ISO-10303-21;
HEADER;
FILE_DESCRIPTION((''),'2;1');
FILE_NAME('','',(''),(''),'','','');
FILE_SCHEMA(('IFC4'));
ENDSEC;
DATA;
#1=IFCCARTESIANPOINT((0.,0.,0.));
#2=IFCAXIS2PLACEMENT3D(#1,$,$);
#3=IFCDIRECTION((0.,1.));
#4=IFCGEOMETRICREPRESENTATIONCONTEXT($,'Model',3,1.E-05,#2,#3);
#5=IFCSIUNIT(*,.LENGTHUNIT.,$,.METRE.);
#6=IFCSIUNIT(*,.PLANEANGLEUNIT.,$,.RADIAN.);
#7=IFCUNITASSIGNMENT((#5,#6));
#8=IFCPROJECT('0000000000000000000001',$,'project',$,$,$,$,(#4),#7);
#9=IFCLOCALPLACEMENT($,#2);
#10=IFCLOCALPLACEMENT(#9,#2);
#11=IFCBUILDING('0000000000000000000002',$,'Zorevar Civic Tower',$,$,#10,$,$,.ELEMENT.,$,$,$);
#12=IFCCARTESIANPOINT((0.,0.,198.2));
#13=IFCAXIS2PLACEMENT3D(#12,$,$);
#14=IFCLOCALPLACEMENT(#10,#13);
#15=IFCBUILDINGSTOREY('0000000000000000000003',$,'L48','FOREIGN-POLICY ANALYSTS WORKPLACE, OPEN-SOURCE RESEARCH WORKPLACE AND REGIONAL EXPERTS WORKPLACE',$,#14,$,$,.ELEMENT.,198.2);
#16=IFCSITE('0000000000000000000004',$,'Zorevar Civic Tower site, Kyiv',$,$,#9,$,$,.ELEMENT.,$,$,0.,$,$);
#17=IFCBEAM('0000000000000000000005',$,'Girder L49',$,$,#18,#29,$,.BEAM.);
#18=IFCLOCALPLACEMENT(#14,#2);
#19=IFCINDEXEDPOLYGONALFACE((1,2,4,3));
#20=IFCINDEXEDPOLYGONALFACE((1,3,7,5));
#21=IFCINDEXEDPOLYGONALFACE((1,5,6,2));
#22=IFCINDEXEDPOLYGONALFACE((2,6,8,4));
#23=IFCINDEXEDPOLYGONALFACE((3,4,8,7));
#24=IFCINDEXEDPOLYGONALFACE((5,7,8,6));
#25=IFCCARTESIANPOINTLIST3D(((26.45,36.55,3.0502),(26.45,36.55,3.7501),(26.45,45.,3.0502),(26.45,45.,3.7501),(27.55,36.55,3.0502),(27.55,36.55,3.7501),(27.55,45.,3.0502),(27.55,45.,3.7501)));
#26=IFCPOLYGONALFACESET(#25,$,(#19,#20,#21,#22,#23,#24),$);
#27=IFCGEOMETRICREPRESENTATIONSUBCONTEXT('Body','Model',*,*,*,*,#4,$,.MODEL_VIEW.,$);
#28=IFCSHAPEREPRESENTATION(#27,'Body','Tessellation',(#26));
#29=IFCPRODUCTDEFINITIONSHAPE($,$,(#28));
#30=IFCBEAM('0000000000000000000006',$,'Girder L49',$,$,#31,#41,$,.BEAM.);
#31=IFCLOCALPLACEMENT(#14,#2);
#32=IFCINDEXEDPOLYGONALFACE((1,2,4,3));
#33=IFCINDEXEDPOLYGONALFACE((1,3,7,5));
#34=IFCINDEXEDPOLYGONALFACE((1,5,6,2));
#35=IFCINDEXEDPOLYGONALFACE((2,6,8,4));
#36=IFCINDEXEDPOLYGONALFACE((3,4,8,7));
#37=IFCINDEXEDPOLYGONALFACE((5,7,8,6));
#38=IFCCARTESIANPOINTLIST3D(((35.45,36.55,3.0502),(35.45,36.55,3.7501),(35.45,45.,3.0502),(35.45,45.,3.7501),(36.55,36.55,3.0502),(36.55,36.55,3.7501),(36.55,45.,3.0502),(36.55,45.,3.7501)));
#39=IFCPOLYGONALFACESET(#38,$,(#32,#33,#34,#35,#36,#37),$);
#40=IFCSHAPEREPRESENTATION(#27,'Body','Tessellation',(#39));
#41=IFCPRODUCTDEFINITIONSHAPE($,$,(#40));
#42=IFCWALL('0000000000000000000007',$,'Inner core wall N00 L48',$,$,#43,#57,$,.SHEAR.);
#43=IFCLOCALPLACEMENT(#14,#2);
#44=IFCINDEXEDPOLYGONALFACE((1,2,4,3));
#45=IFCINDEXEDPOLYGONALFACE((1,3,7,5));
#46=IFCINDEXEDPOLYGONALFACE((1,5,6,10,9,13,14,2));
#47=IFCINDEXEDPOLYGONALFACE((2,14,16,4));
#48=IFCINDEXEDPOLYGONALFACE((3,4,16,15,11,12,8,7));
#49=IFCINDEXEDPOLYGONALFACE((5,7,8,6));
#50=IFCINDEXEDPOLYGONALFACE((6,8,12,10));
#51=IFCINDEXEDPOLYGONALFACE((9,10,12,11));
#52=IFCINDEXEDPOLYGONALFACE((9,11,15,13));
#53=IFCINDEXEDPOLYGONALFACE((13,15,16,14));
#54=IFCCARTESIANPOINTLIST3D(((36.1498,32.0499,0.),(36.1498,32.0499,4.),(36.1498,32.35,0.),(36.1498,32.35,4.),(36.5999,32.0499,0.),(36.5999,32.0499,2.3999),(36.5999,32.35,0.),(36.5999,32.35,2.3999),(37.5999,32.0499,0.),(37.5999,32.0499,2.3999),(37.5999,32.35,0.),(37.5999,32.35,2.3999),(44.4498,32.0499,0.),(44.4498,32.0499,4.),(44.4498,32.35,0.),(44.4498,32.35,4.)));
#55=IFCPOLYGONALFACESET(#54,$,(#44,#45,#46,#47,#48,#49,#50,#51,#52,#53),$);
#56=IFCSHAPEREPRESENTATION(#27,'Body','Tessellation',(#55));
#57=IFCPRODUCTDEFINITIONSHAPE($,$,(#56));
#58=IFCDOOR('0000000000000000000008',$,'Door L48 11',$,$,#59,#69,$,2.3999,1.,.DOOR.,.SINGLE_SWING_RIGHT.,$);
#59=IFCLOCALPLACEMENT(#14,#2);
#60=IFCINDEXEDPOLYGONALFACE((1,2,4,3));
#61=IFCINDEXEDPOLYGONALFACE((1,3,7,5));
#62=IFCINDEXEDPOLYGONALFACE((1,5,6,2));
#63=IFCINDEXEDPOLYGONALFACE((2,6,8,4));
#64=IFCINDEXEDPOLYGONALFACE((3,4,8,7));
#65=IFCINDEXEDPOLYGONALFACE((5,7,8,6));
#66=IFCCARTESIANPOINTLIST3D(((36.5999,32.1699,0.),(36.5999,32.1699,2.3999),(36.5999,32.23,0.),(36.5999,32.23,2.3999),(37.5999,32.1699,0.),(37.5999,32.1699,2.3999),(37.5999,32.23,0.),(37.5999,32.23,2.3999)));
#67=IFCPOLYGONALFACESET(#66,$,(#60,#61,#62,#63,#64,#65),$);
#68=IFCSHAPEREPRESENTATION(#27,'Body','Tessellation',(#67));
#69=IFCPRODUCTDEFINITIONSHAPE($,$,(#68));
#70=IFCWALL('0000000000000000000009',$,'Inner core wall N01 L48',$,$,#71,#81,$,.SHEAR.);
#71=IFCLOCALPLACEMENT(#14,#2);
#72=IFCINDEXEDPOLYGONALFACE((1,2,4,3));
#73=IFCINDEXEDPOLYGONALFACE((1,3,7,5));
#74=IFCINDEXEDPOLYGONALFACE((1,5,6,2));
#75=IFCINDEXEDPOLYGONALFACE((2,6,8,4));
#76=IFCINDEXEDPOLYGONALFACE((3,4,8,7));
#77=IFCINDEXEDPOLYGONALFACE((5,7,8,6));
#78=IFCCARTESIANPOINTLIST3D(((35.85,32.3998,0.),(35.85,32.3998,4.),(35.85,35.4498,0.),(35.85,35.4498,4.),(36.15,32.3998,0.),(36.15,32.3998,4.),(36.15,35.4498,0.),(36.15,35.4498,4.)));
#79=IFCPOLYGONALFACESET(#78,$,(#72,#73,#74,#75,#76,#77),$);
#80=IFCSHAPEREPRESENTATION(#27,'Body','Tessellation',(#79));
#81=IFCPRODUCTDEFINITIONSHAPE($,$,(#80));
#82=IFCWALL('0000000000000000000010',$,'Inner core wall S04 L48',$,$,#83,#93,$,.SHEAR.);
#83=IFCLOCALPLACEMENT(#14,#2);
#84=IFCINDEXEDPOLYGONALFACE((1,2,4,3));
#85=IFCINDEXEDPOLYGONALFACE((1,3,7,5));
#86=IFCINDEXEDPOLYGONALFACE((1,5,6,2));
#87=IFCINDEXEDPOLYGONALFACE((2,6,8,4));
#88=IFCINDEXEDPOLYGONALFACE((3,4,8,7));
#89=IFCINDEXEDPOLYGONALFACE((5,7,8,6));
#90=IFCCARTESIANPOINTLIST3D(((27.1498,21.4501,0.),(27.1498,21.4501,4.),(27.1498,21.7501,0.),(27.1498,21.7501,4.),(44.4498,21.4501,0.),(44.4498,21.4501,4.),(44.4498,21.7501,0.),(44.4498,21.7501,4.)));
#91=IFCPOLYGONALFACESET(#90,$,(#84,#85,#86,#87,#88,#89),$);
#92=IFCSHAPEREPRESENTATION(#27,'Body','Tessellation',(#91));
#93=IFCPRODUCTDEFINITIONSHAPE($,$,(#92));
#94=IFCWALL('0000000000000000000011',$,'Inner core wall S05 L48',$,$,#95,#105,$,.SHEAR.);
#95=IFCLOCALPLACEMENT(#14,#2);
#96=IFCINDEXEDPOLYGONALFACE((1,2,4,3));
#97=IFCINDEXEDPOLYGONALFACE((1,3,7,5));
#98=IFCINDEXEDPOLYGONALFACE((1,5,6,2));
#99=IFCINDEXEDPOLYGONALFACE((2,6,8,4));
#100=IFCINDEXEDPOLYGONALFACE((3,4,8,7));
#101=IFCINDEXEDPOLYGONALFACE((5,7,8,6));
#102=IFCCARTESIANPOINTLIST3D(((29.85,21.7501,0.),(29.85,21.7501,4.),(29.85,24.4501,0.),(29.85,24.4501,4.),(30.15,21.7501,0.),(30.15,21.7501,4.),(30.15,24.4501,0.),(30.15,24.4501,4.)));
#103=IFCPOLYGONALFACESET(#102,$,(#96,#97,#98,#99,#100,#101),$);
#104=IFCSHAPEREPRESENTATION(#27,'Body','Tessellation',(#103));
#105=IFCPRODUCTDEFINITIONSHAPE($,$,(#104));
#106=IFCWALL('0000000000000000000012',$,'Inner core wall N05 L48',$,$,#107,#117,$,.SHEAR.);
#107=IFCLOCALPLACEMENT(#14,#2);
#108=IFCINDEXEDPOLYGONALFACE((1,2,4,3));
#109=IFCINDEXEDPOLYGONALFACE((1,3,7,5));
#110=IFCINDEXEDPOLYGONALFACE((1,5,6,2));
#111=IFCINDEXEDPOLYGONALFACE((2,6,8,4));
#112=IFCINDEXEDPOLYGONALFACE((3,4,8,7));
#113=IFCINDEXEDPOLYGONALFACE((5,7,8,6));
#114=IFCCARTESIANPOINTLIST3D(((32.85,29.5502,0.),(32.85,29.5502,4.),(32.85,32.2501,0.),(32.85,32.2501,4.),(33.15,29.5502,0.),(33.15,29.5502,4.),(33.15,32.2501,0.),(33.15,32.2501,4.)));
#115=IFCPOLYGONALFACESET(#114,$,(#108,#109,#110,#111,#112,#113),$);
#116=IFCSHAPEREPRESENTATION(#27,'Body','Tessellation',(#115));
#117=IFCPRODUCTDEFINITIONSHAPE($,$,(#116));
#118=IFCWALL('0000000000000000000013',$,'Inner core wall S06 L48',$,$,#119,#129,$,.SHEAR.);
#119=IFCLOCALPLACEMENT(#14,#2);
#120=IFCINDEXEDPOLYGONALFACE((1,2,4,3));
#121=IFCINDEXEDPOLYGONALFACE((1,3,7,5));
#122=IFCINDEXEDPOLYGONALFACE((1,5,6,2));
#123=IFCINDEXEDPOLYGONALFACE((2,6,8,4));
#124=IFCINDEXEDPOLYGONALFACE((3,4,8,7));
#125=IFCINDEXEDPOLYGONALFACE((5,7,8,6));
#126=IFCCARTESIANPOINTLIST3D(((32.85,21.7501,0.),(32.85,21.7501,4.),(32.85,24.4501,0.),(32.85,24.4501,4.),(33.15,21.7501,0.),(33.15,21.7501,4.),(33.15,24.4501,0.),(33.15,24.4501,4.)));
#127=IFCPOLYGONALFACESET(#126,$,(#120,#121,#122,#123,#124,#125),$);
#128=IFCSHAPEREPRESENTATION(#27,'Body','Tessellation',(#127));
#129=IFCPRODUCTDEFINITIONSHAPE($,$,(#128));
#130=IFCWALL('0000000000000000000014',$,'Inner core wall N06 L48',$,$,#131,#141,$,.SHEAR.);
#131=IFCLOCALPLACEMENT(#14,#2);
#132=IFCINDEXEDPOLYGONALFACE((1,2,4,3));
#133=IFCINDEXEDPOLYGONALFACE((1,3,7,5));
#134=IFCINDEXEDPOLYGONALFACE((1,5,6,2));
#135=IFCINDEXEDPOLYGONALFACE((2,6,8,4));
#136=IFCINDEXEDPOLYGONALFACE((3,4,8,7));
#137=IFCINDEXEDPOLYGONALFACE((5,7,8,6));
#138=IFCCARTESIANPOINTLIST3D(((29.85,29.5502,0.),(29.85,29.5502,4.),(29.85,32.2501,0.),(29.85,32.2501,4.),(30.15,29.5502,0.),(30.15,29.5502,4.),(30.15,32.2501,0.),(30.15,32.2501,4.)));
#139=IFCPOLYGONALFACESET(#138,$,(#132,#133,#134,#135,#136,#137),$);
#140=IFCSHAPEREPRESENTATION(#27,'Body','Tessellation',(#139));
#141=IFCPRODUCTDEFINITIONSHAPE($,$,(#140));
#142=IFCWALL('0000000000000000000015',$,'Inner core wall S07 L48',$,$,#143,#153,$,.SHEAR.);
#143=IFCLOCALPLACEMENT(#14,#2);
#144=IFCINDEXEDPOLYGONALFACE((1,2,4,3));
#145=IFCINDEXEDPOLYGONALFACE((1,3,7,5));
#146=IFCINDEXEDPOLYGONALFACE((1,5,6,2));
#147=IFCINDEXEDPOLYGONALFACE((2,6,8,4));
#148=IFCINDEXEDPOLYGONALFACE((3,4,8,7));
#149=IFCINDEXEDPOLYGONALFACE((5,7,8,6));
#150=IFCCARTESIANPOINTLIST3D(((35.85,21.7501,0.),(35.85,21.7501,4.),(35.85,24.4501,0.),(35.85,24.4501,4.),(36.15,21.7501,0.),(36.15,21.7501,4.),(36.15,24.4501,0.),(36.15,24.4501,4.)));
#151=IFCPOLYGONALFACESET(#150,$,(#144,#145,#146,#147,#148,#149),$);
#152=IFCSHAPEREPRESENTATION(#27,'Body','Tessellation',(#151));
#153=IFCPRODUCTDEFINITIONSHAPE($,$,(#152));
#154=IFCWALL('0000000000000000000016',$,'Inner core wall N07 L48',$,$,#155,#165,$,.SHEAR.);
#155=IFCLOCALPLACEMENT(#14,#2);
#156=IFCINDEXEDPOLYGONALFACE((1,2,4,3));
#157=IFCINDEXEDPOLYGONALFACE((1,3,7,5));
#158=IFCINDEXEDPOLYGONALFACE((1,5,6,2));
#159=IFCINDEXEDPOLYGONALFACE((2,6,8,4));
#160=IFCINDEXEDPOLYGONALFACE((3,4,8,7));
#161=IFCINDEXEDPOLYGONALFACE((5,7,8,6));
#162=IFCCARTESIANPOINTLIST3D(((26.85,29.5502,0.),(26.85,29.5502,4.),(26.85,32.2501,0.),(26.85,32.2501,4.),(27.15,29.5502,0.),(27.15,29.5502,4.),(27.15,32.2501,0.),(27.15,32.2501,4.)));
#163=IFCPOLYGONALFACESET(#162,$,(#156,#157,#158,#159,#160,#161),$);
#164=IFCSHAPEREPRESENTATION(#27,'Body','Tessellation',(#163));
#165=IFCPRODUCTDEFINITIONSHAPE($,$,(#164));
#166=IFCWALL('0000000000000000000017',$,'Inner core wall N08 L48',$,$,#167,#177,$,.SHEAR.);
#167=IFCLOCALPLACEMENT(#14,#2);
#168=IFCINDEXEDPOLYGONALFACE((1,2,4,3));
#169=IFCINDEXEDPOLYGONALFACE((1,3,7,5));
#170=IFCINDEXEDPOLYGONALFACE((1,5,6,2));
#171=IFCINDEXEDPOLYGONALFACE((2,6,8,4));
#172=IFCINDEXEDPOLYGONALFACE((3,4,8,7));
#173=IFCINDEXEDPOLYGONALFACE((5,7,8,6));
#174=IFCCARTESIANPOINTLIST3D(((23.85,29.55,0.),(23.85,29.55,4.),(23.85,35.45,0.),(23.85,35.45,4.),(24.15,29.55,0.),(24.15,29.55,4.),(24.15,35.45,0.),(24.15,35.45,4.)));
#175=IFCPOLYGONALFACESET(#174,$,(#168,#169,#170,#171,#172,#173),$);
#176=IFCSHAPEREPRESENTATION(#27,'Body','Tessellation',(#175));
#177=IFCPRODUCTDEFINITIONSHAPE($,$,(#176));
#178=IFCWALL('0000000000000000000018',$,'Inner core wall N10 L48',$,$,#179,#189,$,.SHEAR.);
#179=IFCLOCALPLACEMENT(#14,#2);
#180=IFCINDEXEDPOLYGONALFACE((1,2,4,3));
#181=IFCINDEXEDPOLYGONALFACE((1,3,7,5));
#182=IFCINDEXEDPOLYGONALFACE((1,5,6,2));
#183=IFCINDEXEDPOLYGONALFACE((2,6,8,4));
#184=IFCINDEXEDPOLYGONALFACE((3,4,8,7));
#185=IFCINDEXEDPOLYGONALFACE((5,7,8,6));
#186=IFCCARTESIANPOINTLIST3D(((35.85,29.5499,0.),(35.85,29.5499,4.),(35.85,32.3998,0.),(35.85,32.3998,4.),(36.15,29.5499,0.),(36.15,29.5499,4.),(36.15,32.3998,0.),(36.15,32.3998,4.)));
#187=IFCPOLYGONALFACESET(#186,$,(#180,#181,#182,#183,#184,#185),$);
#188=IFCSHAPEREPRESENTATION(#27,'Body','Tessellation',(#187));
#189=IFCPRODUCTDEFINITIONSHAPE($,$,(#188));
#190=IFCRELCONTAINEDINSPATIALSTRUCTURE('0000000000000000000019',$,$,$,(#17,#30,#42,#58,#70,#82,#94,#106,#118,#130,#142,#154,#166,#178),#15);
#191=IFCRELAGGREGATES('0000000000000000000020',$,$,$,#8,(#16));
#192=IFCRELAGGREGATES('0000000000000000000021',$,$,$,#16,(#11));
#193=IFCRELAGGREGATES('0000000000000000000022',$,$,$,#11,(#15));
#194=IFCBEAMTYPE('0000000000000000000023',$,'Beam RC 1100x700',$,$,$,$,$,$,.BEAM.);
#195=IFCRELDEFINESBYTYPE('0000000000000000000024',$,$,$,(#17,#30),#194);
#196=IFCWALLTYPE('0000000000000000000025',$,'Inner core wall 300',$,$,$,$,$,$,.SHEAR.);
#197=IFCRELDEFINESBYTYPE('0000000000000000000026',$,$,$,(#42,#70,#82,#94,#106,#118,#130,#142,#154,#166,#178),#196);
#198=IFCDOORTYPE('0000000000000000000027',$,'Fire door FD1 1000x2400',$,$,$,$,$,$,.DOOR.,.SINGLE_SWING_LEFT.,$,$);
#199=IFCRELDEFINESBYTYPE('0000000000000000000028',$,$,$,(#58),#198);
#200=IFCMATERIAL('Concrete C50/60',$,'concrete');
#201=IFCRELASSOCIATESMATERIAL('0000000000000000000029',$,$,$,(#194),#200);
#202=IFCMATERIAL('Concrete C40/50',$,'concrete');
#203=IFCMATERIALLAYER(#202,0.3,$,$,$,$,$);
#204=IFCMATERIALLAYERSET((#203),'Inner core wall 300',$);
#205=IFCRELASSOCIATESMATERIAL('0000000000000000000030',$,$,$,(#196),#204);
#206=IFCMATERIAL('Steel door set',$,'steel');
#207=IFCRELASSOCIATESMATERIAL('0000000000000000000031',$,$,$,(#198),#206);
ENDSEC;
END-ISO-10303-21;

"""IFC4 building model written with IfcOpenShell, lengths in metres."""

from ifc_helpers import new_model, si_unit, direction, frame, frame_2d, origin, origin_2d, place, context, subcontext, project, spatial, rectangle, extrude, material, layer, layer_set, material_profile, profile_set, type_object, element, fill, save


model = new_model("IFC4")

# Units and contexts
model_context = context("Model", 3, precision=1e-05, world=origin(), true_north=direction((0.0, 1.0)))
body_context = subcontext(model_context, "Body", "Model", "MODEL_VIEW")
ifc_project = project(units=[si_unit("LENGTHUNIT", "METRE"), si_unit("PLANEANGLEUNIT", "RADIAN")], contexts=[model_context])

# Site, building, storey
site_placement = place(None, origin())
site = spatial("IfcSite", under=ifc_project, at=site_placement, Name="Zorevar Civic Tower site, Kyiv", CompositionType="ELEMENT", RefElevation=0.0)
building_placement = place(site_placement, origin())
building = spatial("IfcBuilding", under=site, at=building_placement, Name="Zorevar Civic Tower", CompositionType="ELEMENT")
storey_placement = place(building_placement, frame((0.0, 0.0, 198.2)))
storey = spatial("IfcBuildingStorey", under=building, at=storey_placement, Name="L48", Description="FOREIGN-POLICY ANALYSTS WORKPLACE, OPEN-SOURCE RESEARCH WORKPLACE AND REGIONAL EXPERTS WORKPLACE", CompositionType="ELEMENT", Elevation=198.2)

# Beams
ifc_material_1 = material(Name="Concrete C50/60", Category="concrete")
ifc_material_profile = material_profile(ifc_material_1, rectangle(XDim=1.1001, YDim=0.7, at=origin_2d()), Name="RC 1100x700")
ifc_profile_set = profile_set([ifc_material_profile], Name="Concrete C50/60")
beam_type = type_object("IfcBeamType", Name="Beam RC 1100x700", PredefinedType="BEAM", material=ifc_profile_set)
for number, where, z_axis, x_axis, name in (
    (1, (27.0, 36.55, 3.4001), (0.0, 1.0, 0.0), (-1.0, 0.0, 0.0), "Girder L49"),
    (2, (36.0, 36.55, 3.4001), (0.0, 1.0, 0.0), (-1.0, 0.0, 0.0), "Girder L49"),
):
    element("IfcBeam", number, at=place(storey_placement, frame(where, z_axis=z_axis, x_axis=x_axis)), inside=storey, type_object=beam_type, Name=name, PredefinedType="BEAM", context=body_context, shape_type="SweptSolid", body=[
        extrude(rectangle(XDim=1.1001, YDim=0.7, at=origin_2d()), origin(), (0.0, 0.0, 1.0), 8.45),
    ])

# Wall, opening, door
ifc_material_2 = material(Name="Concrete C40/50", Category="concrete")
ifc_layer_1 = layer(ifc_material_2, 0.3)
ifc_layer_set_1 = layer_set([ifc_layer_1], Name="Inner core wall 300")
wall_type_1 = type_object("IfcWallType", Name="Inner core wall 300", PredefinedType="SHEAR", material=ifc_layer_set_1)
wall_1_placement = place(storey_placement, frame((36.1499, 32.2, 0.0), z_axis=(0.0, 0.0, 1.0), x_axis=(1.0, 0.0, 0.0)))
wall_1 = element("IfcWall", 3, at=wall_1_placement, inside=storey, type_object=wall_type_1, Name="Inner core wall N00 L48", PredefinedType="SHEAR", context=body_context, shape_type="SweptSolid", body=[
    extrude(rectangle(XDim=8.3, YDim=0.3, at=frame_2d((4.1499, 0.0))), origin(), (0.0, 0.0, 1.0), 4.0),
])
opening_1_placement = place(wall_1_placement, frame((0.45, 0.0, 0.0)))
opening_1 = element("IfcOpeningElement", 4, at=opening_1_placement, cuts=wall_1, PredefinedType="OPENING", context=body_context, shape_type="SweptSolid", body=[
    extrude(rectangle(XDim=1.0, YDim=2.3999, at=frame_2d((0.5, 1.2))), frame((0.0, 0.1599, 0.0), z_axis=(0.0, -1.0, 0.0), x_axis=(1.0, 0.0, 0.0)), (0.0, 0.0, 1.0), 0.3201),
])
ifc_material_3 = material(Name="Steel door set", Category="steel")
door_type_1 = type_object("IfcDoorType", Name="Fire door FD1 1000x2400", OperationType="SINGLE_SWING_LEFT", PredefinedType="DOOR", material=ifc_material_3)
door_1_placement = place(opening_1_placement, origin())
door_1 = element("IfcDoor", 5, at=door_1_placement, inside=storey, type_object=door_type_1, Name="Door L48 11", OperationType="SINGLE_SWING_RIGHT", OverallHeight=2.3999, OverallWidth=1.0, PredefinedType="DOOR", context=body_context, shape_type="SweptSolid", body=[
    extrude(rectangle(XDim=1.0, YDim=2.3999, at=frame_2d((0.5, 1.2))), frame((0.0, 0.03, 0.0), z_axis=(0.0, -1.0, 0.0), x_axis=(1.0, 0.0, 0.0)), (0.0, 0.0, 1.0), 0.0601),
])
fill(opening_1, door_1)

# Walls
wall_2_placement = place(storey_placement, frame((36.0, 32.3999, 0.0), z_axis=(0.0, 0.0, 1.0), x_axis=(0.0, 1.0, 0.0)))
element("IfcWall", 6, at=wall_2_placement, inside=storey, type_object=wall_type_1, Name="Inner core wall N01 L48", PredefinedType="SHEAR", context=body_context, shape_type="SweptSolid", body=[
    extrude(rectangle(XDim=3.05, YDim=0.3, at=frame_2d((1.5249, 0.0))), origin(), (0.0, 0.0, 1.0), 4.0),
])
wall_3_placement = place(storey_placement, frame((27.1499, 21.6001, 0.0), z_axis=(0.0, 0.0, 1.0), x_axis=(1.0, 0.0, 0.0)))
element("IfcWall", 7, at=wall_3_placement, inside=storey, type_object=wall_type_1, Name="Inner core wall S04 L48", PredefinedType="SHEAR", context=body_context, shape_type="SweptSolid", body=[
    extrude(rectangle(XDim=17.3, YDim=0.3, at=frame_2d((8.6499, 0.0))), origin(), (0.0, 0.0, 1.0), 4.0),
])
for number, where, z_axis, x_axis, name in (
    (8, (30.0, 21.75, 0.0), (0.0, 0.0, 1.0), (0.0, 1.0, 0.0), "Inner core wall S05 L48"),
    (9, (33.0, 29.55, 0.0), (0.0, 0.0, 1.0), (0.0, 1.0, 0.0), "Inner core wall N05 L48"),
    (10, (33.0, 21.75, 0.0), (0.0, 0.0, 1.0), (0.0, 1.0, 0.0), "Inner core wall S06 L48"),
    (11, (30.0, 29.55, 0.0), (0.0, 0.0, 1.0), (0.0, 1.0, 0.0), "Inner core wall N06 L48"),
    (12, (36.0, 21.75, 0.0), (0.0, 0.0, 1.0), (0.0, 1.0, 0.0), "Inner core wall S07 L48"),
    (13, (27.0, 29.55, 0.0), (0.0, 0.0, 1.0), (0.0, 1.0, 0.0), "Inner core wall N07 L48"),
):
    element("IfcWall", number, at=place(storey_placement, frame(where, z_axis=z_axis, x_axis=x_axis)), inside=storey, type_object=wall_type_1, Name=name, PredefinedType="SHEAR", context=body_context, shape_type="SweptSolid", body=[
        extrude(rectangle(XDim=2.7, YDim=0.3, at=frame_2d((1.3501, 0.0))), origin(), (0.0, 0.0, 1.0), 4.0),
    ])
wall_4_placement = place(storey_placement, frame((24.0, 29.55, 0.0), z_axis=(0.0, 0.0, 1.0), x_axis=(0.0, 1.0, 0.0)))
element("IfcWall", 14, at=wall_4_placement, inside=storey, type_object=wall_type_1, Name="Inner core wall N08 L48", PredefinedType="SHEAR", context=body_context, shape_type="SweptSolid", body=[
    extrude(rectangle(XDim=5.8999, YDim=0.3, at=frame_2d((2.95, 0.0))), origin(), (0.0, 0.0, 1.0), 4.0),
])
wall_5_placement = place(storey_placement, frame((36.0, 29.55, 0.0), z_axis=(0.0, 0.0, 1.0), x_axis=(0.0, 1.0, 0.0)))
element("IfcWall", 15, at=wall_5_placement, inside=storey, type_object=wall_type_1, Name="Inner core wall N10 L48", PredefinedType="SHEAR", context=body_context, shape_type="SweptSolid", body=[
    extrude(rectangle(XDim=2.8499, YDim=0.3, at=frame_2d((1.4248, 0.0))), origin(), (0.0, 0.0, 1.0), 4.0),
])

save(model, "model.ifc")
